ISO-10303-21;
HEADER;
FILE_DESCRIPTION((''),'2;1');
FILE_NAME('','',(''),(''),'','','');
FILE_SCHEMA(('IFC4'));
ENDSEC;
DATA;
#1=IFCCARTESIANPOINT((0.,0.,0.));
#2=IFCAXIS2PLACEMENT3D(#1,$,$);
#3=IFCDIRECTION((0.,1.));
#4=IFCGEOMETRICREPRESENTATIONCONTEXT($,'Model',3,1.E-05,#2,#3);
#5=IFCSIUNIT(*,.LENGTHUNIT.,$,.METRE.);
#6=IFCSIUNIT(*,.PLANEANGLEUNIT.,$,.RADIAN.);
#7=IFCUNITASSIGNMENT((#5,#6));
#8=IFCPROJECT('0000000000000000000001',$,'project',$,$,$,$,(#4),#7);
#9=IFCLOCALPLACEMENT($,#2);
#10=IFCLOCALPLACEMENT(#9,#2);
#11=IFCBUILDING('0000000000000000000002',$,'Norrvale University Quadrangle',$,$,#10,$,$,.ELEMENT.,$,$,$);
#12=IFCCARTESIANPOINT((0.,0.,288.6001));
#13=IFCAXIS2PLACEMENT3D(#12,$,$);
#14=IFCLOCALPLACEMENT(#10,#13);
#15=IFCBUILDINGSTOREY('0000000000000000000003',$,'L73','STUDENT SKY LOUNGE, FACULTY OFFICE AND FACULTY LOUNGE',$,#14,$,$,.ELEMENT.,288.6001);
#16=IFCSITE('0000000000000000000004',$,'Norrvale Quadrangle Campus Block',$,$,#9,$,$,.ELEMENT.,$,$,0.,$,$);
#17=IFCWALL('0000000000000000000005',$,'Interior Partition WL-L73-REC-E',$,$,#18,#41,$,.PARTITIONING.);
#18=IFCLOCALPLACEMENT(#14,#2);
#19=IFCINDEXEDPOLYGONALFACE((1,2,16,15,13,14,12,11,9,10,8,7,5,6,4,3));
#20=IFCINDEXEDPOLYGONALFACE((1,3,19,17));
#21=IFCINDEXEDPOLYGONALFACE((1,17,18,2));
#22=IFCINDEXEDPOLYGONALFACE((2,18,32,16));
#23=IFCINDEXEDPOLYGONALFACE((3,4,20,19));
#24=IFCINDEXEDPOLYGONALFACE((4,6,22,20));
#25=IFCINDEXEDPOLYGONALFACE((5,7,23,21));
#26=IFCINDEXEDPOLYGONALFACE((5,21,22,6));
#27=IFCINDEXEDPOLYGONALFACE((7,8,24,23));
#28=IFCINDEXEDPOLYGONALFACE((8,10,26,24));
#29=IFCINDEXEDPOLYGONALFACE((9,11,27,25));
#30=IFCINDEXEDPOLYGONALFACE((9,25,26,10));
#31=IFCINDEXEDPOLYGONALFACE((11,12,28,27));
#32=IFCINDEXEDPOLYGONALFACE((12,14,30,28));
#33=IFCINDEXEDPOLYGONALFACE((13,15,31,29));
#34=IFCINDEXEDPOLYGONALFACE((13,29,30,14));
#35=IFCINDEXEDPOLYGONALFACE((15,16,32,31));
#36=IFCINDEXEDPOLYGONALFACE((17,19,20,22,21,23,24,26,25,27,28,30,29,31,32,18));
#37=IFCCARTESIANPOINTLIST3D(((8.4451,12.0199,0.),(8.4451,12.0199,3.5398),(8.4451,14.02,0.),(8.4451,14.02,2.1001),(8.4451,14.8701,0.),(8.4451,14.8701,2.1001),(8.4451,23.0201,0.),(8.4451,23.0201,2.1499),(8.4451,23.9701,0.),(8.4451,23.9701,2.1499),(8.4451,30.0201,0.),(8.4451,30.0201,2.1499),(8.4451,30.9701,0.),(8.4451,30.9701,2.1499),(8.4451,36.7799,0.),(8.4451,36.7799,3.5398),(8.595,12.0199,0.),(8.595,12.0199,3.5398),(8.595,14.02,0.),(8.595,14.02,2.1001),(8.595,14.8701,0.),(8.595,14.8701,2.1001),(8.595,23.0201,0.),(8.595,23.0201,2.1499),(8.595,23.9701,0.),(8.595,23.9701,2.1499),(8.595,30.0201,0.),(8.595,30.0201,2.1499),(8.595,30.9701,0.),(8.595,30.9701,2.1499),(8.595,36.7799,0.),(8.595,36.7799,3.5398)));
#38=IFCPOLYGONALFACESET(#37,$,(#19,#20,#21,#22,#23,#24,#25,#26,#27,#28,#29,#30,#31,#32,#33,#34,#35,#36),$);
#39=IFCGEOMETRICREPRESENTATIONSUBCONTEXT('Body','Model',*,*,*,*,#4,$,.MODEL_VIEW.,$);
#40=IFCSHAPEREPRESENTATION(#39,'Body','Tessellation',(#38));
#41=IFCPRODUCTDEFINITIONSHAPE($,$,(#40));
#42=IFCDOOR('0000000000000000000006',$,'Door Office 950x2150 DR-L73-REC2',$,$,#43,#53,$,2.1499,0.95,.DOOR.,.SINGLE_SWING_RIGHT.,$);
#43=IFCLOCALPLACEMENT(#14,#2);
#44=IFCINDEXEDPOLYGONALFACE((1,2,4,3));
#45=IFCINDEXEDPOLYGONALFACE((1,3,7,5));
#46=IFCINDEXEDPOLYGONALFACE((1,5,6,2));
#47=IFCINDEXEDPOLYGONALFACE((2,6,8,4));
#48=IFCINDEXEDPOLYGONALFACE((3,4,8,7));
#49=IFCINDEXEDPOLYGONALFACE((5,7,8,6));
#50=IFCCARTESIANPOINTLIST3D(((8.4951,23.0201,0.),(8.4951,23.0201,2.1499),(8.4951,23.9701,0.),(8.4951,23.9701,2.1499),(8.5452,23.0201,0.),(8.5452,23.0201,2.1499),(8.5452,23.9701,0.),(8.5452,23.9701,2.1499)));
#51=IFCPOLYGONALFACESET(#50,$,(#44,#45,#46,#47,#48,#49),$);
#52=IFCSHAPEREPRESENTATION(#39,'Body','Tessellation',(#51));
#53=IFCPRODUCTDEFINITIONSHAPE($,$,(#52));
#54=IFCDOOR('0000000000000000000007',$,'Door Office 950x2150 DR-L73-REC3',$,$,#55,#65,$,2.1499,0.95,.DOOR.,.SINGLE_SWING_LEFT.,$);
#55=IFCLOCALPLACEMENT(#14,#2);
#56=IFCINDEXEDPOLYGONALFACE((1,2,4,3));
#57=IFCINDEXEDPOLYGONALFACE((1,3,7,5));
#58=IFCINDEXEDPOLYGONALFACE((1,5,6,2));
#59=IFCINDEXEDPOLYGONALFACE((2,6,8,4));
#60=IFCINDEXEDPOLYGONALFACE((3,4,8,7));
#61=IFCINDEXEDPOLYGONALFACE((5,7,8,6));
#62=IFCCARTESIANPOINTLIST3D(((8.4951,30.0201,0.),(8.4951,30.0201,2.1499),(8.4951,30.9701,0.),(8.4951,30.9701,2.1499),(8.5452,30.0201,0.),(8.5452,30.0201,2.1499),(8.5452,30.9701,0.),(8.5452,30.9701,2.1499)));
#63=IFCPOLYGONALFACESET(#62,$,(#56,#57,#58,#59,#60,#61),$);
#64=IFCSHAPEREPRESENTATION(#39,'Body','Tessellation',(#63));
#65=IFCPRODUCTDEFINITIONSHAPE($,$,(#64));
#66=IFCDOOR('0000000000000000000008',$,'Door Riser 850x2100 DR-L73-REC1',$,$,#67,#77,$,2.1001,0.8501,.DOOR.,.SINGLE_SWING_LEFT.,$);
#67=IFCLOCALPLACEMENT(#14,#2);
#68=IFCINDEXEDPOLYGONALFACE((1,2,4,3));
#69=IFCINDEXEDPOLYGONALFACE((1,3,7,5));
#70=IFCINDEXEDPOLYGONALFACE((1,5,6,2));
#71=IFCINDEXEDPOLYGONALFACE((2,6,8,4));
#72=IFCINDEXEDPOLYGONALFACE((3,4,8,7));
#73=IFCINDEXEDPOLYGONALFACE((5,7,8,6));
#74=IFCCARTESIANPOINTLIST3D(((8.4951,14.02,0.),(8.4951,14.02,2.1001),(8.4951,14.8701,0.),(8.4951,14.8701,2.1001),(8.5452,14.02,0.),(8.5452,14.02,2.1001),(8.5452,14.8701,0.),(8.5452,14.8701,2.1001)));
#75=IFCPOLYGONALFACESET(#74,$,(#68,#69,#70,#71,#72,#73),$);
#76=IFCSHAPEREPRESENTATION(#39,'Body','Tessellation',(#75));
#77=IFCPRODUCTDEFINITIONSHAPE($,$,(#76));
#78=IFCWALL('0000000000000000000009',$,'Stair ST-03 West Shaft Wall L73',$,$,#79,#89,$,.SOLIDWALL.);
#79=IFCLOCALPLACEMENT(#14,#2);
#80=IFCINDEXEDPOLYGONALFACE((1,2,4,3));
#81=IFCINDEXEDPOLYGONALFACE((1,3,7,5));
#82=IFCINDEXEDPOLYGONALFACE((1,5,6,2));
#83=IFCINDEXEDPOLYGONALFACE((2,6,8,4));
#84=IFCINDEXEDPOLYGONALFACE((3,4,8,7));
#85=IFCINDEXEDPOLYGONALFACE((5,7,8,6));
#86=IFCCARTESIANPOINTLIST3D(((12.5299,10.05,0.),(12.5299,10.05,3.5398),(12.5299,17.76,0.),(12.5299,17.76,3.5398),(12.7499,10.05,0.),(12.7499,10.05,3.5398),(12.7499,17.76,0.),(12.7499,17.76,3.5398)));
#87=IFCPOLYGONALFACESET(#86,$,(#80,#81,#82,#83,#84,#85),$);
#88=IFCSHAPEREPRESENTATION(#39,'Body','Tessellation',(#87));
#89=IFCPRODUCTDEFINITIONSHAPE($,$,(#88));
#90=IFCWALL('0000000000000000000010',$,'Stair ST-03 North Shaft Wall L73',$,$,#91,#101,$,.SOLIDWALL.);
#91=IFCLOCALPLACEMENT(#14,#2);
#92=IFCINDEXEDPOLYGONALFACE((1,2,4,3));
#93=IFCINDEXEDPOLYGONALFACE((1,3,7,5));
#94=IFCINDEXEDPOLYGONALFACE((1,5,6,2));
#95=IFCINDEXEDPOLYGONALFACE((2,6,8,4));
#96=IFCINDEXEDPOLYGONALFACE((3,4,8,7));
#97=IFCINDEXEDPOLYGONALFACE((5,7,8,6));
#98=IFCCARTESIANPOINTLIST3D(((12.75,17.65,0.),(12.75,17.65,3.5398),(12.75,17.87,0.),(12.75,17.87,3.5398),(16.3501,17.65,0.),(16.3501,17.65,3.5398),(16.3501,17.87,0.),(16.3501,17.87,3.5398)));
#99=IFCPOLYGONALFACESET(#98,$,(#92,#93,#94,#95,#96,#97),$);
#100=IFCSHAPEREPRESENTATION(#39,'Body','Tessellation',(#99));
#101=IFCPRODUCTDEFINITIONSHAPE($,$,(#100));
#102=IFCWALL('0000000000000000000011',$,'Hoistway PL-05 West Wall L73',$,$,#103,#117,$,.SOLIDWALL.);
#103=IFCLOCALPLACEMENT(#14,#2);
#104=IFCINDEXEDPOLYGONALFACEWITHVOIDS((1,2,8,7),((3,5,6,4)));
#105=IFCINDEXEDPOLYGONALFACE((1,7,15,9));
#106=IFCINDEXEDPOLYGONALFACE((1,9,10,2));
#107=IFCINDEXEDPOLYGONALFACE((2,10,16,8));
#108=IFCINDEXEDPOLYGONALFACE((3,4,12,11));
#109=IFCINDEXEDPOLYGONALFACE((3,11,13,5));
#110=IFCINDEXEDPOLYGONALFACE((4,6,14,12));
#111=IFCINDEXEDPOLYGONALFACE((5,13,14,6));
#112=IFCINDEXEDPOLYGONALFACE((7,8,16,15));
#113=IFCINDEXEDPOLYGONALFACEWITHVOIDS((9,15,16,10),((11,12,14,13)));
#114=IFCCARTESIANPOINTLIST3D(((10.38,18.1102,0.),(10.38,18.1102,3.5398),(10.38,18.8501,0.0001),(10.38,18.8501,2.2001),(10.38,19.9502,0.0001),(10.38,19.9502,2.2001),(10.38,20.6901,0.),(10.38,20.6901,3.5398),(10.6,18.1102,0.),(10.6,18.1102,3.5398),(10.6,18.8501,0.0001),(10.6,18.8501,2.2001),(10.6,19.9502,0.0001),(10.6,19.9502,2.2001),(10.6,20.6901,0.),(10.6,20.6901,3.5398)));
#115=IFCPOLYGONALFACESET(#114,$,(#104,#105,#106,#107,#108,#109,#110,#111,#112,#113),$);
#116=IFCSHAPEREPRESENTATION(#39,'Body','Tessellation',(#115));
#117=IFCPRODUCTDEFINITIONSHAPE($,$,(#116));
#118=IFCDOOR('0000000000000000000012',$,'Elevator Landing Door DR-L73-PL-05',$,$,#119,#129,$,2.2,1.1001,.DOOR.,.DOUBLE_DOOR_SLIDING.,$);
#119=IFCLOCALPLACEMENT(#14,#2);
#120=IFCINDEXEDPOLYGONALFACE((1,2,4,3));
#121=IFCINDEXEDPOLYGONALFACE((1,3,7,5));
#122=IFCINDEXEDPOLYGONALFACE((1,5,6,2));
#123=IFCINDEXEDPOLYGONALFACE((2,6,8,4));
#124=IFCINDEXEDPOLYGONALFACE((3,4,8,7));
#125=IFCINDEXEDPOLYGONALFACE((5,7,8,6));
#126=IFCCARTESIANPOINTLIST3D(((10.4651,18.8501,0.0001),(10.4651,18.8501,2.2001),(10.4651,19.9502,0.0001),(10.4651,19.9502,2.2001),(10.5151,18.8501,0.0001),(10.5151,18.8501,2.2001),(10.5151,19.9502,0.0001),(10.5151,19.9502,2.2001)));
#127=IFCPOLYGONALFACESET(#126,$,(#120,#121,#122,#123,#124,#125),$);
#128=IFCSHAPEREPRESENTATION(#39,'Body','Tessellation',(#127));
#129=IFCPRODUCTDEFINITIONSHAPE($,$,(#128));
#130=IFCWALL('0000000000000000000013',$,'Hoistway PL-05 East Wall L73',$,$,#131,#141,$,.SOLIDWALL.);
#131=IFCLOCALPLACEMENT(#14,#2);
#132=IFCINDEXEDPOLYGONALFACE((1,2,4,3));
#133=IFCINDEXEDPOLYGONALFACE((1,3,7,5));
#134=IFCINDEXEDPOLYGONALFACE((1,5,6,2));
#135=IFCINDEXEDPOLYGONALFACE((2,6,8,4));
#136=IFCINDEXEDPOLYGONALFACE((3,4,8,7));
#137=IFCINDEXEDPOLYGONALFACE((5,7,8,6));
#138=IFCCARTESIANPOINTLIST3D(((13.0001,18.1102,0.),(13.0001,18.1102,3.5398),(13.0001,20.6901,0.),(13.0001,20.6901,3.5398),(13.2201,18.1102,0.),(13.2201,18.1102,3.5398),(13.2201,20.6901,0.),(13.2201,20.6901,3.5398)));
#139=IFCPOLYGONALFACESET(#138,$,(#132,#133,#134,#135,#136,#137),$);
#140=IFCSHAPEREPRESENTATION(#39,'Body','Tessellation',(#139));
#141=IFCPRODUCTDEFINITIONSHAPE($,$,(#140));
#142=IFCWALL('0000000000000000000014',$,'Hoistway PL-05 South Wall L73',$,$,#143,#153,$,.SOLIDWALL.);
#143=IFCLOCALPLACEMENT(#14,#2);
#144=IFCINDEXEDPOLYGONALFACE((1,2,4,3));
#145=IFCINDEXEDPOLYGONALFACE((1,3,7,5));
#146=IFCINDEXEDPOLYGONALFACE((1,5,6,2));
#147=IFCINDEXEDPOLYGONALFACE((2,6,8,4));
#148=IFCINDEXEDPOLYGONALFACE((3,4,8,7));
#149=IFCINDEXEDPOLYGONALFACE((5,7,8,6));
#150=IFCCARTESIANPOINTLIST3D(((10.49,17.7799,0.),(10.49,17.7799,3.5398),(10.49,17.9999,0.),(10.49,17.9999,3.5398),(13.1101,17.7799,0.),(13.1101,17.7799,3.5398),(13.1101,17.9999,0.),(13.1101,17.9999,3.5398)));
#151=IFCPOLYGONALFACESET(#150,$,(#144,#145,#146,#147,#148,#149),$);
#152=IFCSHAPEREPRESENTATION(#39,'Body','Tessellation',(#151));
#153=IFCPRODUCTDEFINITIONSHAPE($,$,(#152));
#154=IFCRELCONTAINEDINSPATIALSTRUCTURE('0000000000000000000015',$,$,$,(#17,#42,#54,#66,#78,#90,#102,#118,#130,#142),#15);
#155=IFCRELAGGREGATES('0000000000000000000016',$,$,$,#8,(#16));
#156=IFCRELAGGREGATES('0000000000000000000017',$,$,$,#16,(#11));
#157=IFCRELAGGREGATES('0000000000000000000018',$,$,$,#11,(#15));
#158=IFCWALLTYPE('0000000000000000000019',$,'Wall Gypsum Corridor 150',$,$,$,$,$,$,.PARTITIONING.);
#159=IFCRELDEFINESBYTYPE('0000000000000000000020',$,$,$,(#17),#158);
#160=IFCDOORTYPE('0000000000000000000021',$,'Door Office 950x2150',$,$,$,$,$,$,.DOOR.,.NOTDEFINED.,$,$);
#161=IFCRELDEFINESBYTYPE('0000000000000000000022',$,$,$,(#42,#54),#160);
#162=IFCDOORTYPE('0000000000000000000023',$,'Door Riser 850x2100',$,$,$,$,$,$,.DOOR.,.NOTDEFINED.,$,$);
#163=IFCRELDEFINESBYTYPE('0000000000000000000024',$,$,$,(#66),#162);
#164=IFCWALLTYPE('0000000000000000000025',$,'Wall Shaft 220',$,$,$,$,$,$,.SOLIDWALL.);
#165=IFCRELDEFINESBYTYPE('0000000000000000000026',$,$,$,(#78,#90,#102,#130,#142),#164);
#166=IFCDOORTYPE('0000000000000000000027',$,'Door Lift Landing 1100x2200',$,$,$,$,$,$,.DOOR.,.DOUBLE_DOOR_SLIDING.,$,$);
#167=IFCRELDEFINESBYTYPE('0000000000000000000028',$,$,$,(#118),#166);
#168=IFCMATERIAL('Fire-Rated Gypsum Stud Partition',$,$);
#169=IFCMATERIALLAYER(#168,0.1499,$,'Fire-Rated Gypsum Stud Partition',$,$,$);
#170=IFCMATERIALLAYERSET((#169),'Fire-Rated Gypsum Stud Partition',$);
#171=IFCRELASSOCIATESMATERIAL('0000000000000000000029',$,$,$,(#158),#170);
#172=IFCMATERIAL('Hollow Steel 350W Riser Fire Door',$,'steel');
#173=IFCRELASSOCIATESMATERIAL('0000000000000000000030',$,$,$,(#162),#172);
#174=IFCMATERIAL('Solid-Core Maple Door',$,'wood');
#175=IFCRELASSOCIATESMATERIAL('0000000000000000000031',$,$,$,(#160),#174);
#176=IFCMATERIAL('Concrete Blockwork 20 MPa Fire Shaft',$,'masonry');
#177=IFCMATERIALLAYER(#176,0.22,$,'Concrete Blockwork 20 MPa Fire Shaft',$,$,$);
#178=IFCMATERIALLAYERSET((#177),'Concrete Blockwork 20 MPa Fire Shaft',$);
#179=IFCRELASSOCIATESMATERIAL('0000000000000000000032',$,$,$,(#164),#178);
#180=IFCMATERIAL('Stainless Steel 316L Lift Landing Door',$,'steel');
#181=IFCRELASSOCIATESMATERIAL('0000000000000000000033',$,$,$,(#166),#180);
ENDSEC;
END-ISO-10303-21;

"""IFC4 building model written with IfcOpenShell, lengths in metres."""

from ifc_helpers import new_model, si_unit, direction, frame, frame_2d, origin, place, context, subcontext, project, spatial, rectangle, extrude, material, layer, layer_set, type_object, element, fill, save


model = new_model("IFC4")

# Units and contexts
model_context = context("Model", 3, precision=1e-05, world=origin(), true_north=direction((0.0, 1.0)))
body_context = subcontext(model_context, "Body", "Model", "MODEL_VIEW")
ifc_project = project(units=[si_unit("LENGTHUNIT", "METRE"), si_unit("PLANEANGLEUNIT", "RADIAN")], contexts=[model_context])

# Site, building, storey
site_placement = place(None, origin())
site = spatial("IfcSite", under=ifc_project, at=site_placement, Name="Norrvale Quadrangle Campus Block", CompositionType="ELEMENT", RefElevation=0.0)
building_placement = place(site_placement, origin())
building = spatial("IfcBuilding", under=site, at=building_placement, Name="Norrvale University Quadrangle", CompositionType="ELEMENT")
storey_placement = place(building_placement, frame((0.0, 0.0, 288.6001)))
storey = spatial("IfcBuildingStorey", under=building, at=storey_placement, Name="L73", Description="STUDENT SKY LOUNGE, FACULTY OFFICE AND FACULTY LOUNGE", CompositionType="ELEMENT", Elevation=288.6001)

# Shared definitions
ifc_material_1 = material(Name="Fire-Rated Gypsum Stud Partition")
ifc_layer_1 = layer(ifc_material_1, 0.1499, Name="Fire-Rated Gypsum Stud Partition")
ifc_layer_set_1 = layer_set([ifc_layer_1], Name="Fire-Rated Gypsum Stud Partition")
wall_type_1 = type_object("IfcWallType", Name="Wall Gypsum Corridor 150", PredefinedType="PARTITIONING", material=ifc_layer_set_1)
ifc_material_2 = material(Name="Hollow Steel 350W Riser Fire Door", Category="steel")
door_type_1 = type_object("IfcDoorType", Name="Door Riser 850x2100", OperationType="NOTDEFINED", PredefinedType="DOOR", material=ifc_material_2)

# Wall, openings, doors
wall_1_placement = place(storey_placement, frame((8.52, 12.02, 0.0), z_axis=(0.0, 0.0, 1.0), x_axis=(0.0, 1.0, 0.0)))
wall_1 = element("IfcWall", 1, at=wall_1_placement, inside=storey, type_object=wall_type_1, Name="Interior Partition WL-L73-REC-E", PredefinedType="PARTITIONING", context=body_context, shape_type="SweptSolid", body=[
    extrude(rectangle(XDim=24.76, YDim=0.1499, at=frame_2d((12.3799, 0.0))), origin(), (0.0, 0.0, 1.0), 3.5398),
])
opening_1_placement = place(wall_1_placement, frame((2.0, 0.0, 0.0)))
opening_1 = element("IfcOpeningElement", 2, at=opening_1_placement, cuts=wall_1, PredefinedType="OPENING", context=body_context, shape_type="SweptSolid", body=[
    extrude(rectangle(XDim=0.8501, YDim=2.1001, at=frame_2d((0.425, 1.05))), frame((0.0, 0.0869, 0.0), z_axis=(0.0, -1.0, 0.0), x_axis=(1.0, 0.0, 0.0)), (0.0, 0.0, 1.0), 0.1738),
])
opening_2_placement = place(wall_1_placement, frame((11.0, 0.0, 0.0)))
opening_2 = element("IfcOpeningElement", 3, at=opening_2_placement, cuts=wall_1, PredefinedType="OPENING", context=body_context, shape_type="SweptSolid", body=[
    extrude(rectangle(XDim=0.95, YDim=2.1499, at=frame_2d((0.4751, 1.075))), frame((0.0, 0.0869, 0.0), z_axis=(0.0, -1.0, 0.0), x_axis=(1.0, 0.0, 0.0)), (0.0, 0.0, 1.0), 0.1738),
])
opening_3_placement = place(wall_1_placement, frame((18.0, 0.0, 0.0)))
opening_3 = element("IfcOpeningElement", 4, at=opening_3_placement, cuts=wall_1, PredefinedType="OPENING", context=body_context, shape_type="SweptSolid", body=[
    extrude(rectangle(XDim=0.95, YDim=2.1499, at=frame_2d((0.4751, 1.075))), frame((0.0, 0.0869, 0.0), z_axis=(0.0, -1.0, 0.0), x_axis=(1.0, 0.0, 0.0)), (0.0, 0.0, 1.0), 0.1738),
])
ifc_material_3 = material(Name="Solid-Core Maple Door", Category="wood")
door_type_2 = type_object("IfcDoorType", Name="Door Office 950x2150", OperationType="NOTDEFINED", PredefinedType="DOOR", material=ifc_material_3)
door_1_placement = place(opening_2_placement, origin())
door_1 = element("IfcDoor", 5, at=door_1_placement, inside=storey, type_object=door_type_2, Name="Door Office 950x2150 DR-L73-REC2", OperationType="SINGLE_SWING_RIGHT", OverallHeight=2.1499, OverallWidth=0.95, PredefinedType="DOOR", context=body_context, shape_type="SweptSolid", body=[
    extrude(rectangle(XDim=0.95, YDim=2.1499, at=frame_2d((0.4751, 1.075))), frame((0.0, 0.0249, 0.0), z_axis=(0.0, -1.0, 0.0), x_axis=(1.0, 0.0, 0.0)), (0.0, 0.0, 1.0), 0.05),
])
fill(opening_2, door_1)
door_2_placement = place(opening_3_placement, origin())
door_2 = element("IfcDoor", 6, at=door_2_placement, inside=storey, type_object=door_type_2, Name="Door Office 950x2150 DR-L73-REC3", OperationType="SINGLE_SWING_LEFT", OverallHeight=2.1499, OverallWidth=0.95, PredefinedType="DOOR", context=body_context, shape_type="SweptSolid", body=[
    extrude(rectangle(XDim=0.95, YDim=2.1499, at=frame_2d((0.4751, 1.075))), frame((0.0, 0.0249, 0.0), z_axis=(0.0, -1.0, 0.0), x_axis=(1.0, 0.0, 0.0)), (0.0, 0.0, 1.0), 0.05),
])
fill(opening_3, door_2)
door_3_placement = place(opening_1_placement, origin())
door_3 = element("IfcDoor", 7, at=door_3_placement, inside=storey, type_object=door_type_1, Name="Door Riser 850x2100 DR-L73-REC1", OperationType="SINGLE_SWING_LEFT", OverallHeight=2.1001, OverallWidth=0.8501, PredefinedType="DOOR", context=body_context, shape_type="SweptSolid", body=[
    extrude(rectangle(XDim=0.8501, YDim=2.1001, at=frame_2d((0.425, 1.05))), frame((0.0, 0.0249, 0.0), z_axis=(0.0, -1.0, 0.0), x_axis=(1.0, 0.0, 0.0)), (0.0, 0.0, 1.0), 0.05),
])
fill(opening_1, door_3)

# Walls
ifc_material_4 = material(Name="Concrete Blockwork 20 MPa Fire Shaft", Category="masonry")
ifc_layer_2 = layer(ifc_material_4, 0.22, Name="Concrete Blockwork 20 MPa Fire Shaft")
ifc_layer_set_2 = layer_set([ifc_layer_2], Name="Concrete Blockwork 20 MPa Fire Shaft")
wall_type_2 = type_object("IfcWallType", Name="Wall Shaft 220", PredefinedType="SOLIDWALL", material=ifc_layer_set_2)
wall_2_placement = place(storey_placement, frame((12.6399, 10.05, 0.0), z_axis=(0.0, 0.0, 1.0), x_axis=(0.0, 1.0, 0.0)))
element("IfcWall", 8, at=wall_2_placement, inside=storey, type_object=wall_type_2, Name="Stair ST-03 West Shaft Wall L73", PredefinedType="SOLIDWALL", context=body_context, shape_type="SweptSolid", body=[
    extrude(rectangle(XDim=7.71, YDim=0.22, at=frame_2d((3.855, 0.0))), origin(), (0.0, 0.0, 1.0), 3.5398),
])
wall_3_placement = place(storey_placement, frame((12.75, 17.76, 0.0), z_axis=(0.0, 0.0, 1.0), x_axis=(1.0, 0.0, 0.0)))
element("IfcWall", 9, at=wall_3_placement, inside=storey, type_object=wall_type_2, Name="Stair ST-03 North Shaft Wall L73", PredefinedType="SOLIDWALL", context=body_context, shape_type="SweptSolid", body=[
    extrude(rectangle(XDim=3.6001, YDim=0.22, at=frame_2d((1.8, 0.0))), origin(), (0.0, 0.0, 1.0), 3.5398),
])

# Wall, opening, door
wall_4_placement = place(storey_placement, frame((10.49, 18.1101, 0.0), z_axis=(0.0, 0.0, 1.0), x_axis=(0.0, 1.0, 0.0)))
wall_4 = element("IfcWall", 10, at=wall_4_placement, inside=storey, type_object=wall_type_2, Name="Hoistway PL-05 West Wall L73", PredefinedType="SOLIDWALL", context=body_context, shape_type="SweptSolid", body=[
    extrude(rectangle(XDim=2.5798, YDim=0.22, at=frame_2d((1.29, 0.0))), origin(), (0.0, 0.0, 1.0), 3.5398),
])
opening_4_placement = place(wall_4_placement, frame((0.74, 0.0, 0.0)))
opening_4 = element("IfcOpeningElement", 11, at=opening_4_placement, cuts=wall_4, PredefinedType="OPENING", context=body_context, shape_type="SweptSolid", body=[
    extrude(rectangle(XDim=1.1001, YDim=2.2, at=frame_2d((0.55, 1.1001))), frame((0.0, 0.1221, 0.0), z_axis=(0.0, -1.0, 0.0), x_axis=(1.0, 0.0, 0.0)), (0.0, 0.0, 1.0), 0.2439),
])
ifc_material_5 = material(Name="Stainless Steel 316L Lift Landing Door", Category="steel")
door_type_3 = type_object("IfcDoorType", Name="Door Lift Landing 1100x2200", OperationType="DOUBLE_DOOR_SLIDING", PredefinedType="DOOR", material=ifc_material_5)
door_4_placement = place(opening_4_placement, origin())
door_4 = element("IfcDoor", 12, at=door_4_placement, inside=storey, type_object=door_type_3, Name="Elevator Landing Door DR-L73-PL-05", OperationType="DOUBLE_DOOR_SLIDING", OverallHeight=2.2, OverallWidth=1.1001, PredefinedType="DOOR", context=body_context, shape_type="SweptSolid", body=[
    extrude(rectangle(XDim=1.1001, YDim=2.2, at=frame_2d((0.55, 1.1001))), frame((0.0, 0.0249, 0.0), z_axis=(0.0, -1.0, 0.0), x_axis=(1.0, 0.0, 0.0)), (0.0, 0.0, 1.0), 0.05),
])
fill(opening_4, door_4)

# Walls
wall_5_placement = place(storey_placement, frame((13.1101, 18.1101, 0.0), z_axis=(0.0, 0.0, 1.0), x_axis=(0.0, 1.0, 0.0)))
element("IfcWall", 13, at=wall_5_placement, inside=storey, type_object=wall_type_2, Name="Hoistway PL-05 East Wall L73", PredefinedType="SOLIDWALL", context=body_context, shape_type="SweptSolid", body=[
    extrude(rectangle(XDim=2.5798, YDim=0.22, at=frame_2d((1.29, 0.0))), origin(), (0.0, 0.0, 1.0), 3.5398),
])
wall_6_placement = place(storey_placement, frame((10.49, 17.8899, 0.0), z_axis=(0.0, 0.0, 1.0), x_axis=(1.0, 0.0, 0.0)))
element("IfcWall", 14, at=wall_6_placement, inside=storey, type_object=wall_type_2, Name="Hoistway PL-05 South Wall L73", PredefinedType="SOLIDWALL", context=body_context, shape_type="SweptSolid", body=[
    extrude(rectangle(XDim=2.6201, YDim=0.22, at=frame_2d((1.3101, 0.0))), origin(), (0.0, 0.0, 1.0), 3.5398),
])

save(model, "model.ifc")
